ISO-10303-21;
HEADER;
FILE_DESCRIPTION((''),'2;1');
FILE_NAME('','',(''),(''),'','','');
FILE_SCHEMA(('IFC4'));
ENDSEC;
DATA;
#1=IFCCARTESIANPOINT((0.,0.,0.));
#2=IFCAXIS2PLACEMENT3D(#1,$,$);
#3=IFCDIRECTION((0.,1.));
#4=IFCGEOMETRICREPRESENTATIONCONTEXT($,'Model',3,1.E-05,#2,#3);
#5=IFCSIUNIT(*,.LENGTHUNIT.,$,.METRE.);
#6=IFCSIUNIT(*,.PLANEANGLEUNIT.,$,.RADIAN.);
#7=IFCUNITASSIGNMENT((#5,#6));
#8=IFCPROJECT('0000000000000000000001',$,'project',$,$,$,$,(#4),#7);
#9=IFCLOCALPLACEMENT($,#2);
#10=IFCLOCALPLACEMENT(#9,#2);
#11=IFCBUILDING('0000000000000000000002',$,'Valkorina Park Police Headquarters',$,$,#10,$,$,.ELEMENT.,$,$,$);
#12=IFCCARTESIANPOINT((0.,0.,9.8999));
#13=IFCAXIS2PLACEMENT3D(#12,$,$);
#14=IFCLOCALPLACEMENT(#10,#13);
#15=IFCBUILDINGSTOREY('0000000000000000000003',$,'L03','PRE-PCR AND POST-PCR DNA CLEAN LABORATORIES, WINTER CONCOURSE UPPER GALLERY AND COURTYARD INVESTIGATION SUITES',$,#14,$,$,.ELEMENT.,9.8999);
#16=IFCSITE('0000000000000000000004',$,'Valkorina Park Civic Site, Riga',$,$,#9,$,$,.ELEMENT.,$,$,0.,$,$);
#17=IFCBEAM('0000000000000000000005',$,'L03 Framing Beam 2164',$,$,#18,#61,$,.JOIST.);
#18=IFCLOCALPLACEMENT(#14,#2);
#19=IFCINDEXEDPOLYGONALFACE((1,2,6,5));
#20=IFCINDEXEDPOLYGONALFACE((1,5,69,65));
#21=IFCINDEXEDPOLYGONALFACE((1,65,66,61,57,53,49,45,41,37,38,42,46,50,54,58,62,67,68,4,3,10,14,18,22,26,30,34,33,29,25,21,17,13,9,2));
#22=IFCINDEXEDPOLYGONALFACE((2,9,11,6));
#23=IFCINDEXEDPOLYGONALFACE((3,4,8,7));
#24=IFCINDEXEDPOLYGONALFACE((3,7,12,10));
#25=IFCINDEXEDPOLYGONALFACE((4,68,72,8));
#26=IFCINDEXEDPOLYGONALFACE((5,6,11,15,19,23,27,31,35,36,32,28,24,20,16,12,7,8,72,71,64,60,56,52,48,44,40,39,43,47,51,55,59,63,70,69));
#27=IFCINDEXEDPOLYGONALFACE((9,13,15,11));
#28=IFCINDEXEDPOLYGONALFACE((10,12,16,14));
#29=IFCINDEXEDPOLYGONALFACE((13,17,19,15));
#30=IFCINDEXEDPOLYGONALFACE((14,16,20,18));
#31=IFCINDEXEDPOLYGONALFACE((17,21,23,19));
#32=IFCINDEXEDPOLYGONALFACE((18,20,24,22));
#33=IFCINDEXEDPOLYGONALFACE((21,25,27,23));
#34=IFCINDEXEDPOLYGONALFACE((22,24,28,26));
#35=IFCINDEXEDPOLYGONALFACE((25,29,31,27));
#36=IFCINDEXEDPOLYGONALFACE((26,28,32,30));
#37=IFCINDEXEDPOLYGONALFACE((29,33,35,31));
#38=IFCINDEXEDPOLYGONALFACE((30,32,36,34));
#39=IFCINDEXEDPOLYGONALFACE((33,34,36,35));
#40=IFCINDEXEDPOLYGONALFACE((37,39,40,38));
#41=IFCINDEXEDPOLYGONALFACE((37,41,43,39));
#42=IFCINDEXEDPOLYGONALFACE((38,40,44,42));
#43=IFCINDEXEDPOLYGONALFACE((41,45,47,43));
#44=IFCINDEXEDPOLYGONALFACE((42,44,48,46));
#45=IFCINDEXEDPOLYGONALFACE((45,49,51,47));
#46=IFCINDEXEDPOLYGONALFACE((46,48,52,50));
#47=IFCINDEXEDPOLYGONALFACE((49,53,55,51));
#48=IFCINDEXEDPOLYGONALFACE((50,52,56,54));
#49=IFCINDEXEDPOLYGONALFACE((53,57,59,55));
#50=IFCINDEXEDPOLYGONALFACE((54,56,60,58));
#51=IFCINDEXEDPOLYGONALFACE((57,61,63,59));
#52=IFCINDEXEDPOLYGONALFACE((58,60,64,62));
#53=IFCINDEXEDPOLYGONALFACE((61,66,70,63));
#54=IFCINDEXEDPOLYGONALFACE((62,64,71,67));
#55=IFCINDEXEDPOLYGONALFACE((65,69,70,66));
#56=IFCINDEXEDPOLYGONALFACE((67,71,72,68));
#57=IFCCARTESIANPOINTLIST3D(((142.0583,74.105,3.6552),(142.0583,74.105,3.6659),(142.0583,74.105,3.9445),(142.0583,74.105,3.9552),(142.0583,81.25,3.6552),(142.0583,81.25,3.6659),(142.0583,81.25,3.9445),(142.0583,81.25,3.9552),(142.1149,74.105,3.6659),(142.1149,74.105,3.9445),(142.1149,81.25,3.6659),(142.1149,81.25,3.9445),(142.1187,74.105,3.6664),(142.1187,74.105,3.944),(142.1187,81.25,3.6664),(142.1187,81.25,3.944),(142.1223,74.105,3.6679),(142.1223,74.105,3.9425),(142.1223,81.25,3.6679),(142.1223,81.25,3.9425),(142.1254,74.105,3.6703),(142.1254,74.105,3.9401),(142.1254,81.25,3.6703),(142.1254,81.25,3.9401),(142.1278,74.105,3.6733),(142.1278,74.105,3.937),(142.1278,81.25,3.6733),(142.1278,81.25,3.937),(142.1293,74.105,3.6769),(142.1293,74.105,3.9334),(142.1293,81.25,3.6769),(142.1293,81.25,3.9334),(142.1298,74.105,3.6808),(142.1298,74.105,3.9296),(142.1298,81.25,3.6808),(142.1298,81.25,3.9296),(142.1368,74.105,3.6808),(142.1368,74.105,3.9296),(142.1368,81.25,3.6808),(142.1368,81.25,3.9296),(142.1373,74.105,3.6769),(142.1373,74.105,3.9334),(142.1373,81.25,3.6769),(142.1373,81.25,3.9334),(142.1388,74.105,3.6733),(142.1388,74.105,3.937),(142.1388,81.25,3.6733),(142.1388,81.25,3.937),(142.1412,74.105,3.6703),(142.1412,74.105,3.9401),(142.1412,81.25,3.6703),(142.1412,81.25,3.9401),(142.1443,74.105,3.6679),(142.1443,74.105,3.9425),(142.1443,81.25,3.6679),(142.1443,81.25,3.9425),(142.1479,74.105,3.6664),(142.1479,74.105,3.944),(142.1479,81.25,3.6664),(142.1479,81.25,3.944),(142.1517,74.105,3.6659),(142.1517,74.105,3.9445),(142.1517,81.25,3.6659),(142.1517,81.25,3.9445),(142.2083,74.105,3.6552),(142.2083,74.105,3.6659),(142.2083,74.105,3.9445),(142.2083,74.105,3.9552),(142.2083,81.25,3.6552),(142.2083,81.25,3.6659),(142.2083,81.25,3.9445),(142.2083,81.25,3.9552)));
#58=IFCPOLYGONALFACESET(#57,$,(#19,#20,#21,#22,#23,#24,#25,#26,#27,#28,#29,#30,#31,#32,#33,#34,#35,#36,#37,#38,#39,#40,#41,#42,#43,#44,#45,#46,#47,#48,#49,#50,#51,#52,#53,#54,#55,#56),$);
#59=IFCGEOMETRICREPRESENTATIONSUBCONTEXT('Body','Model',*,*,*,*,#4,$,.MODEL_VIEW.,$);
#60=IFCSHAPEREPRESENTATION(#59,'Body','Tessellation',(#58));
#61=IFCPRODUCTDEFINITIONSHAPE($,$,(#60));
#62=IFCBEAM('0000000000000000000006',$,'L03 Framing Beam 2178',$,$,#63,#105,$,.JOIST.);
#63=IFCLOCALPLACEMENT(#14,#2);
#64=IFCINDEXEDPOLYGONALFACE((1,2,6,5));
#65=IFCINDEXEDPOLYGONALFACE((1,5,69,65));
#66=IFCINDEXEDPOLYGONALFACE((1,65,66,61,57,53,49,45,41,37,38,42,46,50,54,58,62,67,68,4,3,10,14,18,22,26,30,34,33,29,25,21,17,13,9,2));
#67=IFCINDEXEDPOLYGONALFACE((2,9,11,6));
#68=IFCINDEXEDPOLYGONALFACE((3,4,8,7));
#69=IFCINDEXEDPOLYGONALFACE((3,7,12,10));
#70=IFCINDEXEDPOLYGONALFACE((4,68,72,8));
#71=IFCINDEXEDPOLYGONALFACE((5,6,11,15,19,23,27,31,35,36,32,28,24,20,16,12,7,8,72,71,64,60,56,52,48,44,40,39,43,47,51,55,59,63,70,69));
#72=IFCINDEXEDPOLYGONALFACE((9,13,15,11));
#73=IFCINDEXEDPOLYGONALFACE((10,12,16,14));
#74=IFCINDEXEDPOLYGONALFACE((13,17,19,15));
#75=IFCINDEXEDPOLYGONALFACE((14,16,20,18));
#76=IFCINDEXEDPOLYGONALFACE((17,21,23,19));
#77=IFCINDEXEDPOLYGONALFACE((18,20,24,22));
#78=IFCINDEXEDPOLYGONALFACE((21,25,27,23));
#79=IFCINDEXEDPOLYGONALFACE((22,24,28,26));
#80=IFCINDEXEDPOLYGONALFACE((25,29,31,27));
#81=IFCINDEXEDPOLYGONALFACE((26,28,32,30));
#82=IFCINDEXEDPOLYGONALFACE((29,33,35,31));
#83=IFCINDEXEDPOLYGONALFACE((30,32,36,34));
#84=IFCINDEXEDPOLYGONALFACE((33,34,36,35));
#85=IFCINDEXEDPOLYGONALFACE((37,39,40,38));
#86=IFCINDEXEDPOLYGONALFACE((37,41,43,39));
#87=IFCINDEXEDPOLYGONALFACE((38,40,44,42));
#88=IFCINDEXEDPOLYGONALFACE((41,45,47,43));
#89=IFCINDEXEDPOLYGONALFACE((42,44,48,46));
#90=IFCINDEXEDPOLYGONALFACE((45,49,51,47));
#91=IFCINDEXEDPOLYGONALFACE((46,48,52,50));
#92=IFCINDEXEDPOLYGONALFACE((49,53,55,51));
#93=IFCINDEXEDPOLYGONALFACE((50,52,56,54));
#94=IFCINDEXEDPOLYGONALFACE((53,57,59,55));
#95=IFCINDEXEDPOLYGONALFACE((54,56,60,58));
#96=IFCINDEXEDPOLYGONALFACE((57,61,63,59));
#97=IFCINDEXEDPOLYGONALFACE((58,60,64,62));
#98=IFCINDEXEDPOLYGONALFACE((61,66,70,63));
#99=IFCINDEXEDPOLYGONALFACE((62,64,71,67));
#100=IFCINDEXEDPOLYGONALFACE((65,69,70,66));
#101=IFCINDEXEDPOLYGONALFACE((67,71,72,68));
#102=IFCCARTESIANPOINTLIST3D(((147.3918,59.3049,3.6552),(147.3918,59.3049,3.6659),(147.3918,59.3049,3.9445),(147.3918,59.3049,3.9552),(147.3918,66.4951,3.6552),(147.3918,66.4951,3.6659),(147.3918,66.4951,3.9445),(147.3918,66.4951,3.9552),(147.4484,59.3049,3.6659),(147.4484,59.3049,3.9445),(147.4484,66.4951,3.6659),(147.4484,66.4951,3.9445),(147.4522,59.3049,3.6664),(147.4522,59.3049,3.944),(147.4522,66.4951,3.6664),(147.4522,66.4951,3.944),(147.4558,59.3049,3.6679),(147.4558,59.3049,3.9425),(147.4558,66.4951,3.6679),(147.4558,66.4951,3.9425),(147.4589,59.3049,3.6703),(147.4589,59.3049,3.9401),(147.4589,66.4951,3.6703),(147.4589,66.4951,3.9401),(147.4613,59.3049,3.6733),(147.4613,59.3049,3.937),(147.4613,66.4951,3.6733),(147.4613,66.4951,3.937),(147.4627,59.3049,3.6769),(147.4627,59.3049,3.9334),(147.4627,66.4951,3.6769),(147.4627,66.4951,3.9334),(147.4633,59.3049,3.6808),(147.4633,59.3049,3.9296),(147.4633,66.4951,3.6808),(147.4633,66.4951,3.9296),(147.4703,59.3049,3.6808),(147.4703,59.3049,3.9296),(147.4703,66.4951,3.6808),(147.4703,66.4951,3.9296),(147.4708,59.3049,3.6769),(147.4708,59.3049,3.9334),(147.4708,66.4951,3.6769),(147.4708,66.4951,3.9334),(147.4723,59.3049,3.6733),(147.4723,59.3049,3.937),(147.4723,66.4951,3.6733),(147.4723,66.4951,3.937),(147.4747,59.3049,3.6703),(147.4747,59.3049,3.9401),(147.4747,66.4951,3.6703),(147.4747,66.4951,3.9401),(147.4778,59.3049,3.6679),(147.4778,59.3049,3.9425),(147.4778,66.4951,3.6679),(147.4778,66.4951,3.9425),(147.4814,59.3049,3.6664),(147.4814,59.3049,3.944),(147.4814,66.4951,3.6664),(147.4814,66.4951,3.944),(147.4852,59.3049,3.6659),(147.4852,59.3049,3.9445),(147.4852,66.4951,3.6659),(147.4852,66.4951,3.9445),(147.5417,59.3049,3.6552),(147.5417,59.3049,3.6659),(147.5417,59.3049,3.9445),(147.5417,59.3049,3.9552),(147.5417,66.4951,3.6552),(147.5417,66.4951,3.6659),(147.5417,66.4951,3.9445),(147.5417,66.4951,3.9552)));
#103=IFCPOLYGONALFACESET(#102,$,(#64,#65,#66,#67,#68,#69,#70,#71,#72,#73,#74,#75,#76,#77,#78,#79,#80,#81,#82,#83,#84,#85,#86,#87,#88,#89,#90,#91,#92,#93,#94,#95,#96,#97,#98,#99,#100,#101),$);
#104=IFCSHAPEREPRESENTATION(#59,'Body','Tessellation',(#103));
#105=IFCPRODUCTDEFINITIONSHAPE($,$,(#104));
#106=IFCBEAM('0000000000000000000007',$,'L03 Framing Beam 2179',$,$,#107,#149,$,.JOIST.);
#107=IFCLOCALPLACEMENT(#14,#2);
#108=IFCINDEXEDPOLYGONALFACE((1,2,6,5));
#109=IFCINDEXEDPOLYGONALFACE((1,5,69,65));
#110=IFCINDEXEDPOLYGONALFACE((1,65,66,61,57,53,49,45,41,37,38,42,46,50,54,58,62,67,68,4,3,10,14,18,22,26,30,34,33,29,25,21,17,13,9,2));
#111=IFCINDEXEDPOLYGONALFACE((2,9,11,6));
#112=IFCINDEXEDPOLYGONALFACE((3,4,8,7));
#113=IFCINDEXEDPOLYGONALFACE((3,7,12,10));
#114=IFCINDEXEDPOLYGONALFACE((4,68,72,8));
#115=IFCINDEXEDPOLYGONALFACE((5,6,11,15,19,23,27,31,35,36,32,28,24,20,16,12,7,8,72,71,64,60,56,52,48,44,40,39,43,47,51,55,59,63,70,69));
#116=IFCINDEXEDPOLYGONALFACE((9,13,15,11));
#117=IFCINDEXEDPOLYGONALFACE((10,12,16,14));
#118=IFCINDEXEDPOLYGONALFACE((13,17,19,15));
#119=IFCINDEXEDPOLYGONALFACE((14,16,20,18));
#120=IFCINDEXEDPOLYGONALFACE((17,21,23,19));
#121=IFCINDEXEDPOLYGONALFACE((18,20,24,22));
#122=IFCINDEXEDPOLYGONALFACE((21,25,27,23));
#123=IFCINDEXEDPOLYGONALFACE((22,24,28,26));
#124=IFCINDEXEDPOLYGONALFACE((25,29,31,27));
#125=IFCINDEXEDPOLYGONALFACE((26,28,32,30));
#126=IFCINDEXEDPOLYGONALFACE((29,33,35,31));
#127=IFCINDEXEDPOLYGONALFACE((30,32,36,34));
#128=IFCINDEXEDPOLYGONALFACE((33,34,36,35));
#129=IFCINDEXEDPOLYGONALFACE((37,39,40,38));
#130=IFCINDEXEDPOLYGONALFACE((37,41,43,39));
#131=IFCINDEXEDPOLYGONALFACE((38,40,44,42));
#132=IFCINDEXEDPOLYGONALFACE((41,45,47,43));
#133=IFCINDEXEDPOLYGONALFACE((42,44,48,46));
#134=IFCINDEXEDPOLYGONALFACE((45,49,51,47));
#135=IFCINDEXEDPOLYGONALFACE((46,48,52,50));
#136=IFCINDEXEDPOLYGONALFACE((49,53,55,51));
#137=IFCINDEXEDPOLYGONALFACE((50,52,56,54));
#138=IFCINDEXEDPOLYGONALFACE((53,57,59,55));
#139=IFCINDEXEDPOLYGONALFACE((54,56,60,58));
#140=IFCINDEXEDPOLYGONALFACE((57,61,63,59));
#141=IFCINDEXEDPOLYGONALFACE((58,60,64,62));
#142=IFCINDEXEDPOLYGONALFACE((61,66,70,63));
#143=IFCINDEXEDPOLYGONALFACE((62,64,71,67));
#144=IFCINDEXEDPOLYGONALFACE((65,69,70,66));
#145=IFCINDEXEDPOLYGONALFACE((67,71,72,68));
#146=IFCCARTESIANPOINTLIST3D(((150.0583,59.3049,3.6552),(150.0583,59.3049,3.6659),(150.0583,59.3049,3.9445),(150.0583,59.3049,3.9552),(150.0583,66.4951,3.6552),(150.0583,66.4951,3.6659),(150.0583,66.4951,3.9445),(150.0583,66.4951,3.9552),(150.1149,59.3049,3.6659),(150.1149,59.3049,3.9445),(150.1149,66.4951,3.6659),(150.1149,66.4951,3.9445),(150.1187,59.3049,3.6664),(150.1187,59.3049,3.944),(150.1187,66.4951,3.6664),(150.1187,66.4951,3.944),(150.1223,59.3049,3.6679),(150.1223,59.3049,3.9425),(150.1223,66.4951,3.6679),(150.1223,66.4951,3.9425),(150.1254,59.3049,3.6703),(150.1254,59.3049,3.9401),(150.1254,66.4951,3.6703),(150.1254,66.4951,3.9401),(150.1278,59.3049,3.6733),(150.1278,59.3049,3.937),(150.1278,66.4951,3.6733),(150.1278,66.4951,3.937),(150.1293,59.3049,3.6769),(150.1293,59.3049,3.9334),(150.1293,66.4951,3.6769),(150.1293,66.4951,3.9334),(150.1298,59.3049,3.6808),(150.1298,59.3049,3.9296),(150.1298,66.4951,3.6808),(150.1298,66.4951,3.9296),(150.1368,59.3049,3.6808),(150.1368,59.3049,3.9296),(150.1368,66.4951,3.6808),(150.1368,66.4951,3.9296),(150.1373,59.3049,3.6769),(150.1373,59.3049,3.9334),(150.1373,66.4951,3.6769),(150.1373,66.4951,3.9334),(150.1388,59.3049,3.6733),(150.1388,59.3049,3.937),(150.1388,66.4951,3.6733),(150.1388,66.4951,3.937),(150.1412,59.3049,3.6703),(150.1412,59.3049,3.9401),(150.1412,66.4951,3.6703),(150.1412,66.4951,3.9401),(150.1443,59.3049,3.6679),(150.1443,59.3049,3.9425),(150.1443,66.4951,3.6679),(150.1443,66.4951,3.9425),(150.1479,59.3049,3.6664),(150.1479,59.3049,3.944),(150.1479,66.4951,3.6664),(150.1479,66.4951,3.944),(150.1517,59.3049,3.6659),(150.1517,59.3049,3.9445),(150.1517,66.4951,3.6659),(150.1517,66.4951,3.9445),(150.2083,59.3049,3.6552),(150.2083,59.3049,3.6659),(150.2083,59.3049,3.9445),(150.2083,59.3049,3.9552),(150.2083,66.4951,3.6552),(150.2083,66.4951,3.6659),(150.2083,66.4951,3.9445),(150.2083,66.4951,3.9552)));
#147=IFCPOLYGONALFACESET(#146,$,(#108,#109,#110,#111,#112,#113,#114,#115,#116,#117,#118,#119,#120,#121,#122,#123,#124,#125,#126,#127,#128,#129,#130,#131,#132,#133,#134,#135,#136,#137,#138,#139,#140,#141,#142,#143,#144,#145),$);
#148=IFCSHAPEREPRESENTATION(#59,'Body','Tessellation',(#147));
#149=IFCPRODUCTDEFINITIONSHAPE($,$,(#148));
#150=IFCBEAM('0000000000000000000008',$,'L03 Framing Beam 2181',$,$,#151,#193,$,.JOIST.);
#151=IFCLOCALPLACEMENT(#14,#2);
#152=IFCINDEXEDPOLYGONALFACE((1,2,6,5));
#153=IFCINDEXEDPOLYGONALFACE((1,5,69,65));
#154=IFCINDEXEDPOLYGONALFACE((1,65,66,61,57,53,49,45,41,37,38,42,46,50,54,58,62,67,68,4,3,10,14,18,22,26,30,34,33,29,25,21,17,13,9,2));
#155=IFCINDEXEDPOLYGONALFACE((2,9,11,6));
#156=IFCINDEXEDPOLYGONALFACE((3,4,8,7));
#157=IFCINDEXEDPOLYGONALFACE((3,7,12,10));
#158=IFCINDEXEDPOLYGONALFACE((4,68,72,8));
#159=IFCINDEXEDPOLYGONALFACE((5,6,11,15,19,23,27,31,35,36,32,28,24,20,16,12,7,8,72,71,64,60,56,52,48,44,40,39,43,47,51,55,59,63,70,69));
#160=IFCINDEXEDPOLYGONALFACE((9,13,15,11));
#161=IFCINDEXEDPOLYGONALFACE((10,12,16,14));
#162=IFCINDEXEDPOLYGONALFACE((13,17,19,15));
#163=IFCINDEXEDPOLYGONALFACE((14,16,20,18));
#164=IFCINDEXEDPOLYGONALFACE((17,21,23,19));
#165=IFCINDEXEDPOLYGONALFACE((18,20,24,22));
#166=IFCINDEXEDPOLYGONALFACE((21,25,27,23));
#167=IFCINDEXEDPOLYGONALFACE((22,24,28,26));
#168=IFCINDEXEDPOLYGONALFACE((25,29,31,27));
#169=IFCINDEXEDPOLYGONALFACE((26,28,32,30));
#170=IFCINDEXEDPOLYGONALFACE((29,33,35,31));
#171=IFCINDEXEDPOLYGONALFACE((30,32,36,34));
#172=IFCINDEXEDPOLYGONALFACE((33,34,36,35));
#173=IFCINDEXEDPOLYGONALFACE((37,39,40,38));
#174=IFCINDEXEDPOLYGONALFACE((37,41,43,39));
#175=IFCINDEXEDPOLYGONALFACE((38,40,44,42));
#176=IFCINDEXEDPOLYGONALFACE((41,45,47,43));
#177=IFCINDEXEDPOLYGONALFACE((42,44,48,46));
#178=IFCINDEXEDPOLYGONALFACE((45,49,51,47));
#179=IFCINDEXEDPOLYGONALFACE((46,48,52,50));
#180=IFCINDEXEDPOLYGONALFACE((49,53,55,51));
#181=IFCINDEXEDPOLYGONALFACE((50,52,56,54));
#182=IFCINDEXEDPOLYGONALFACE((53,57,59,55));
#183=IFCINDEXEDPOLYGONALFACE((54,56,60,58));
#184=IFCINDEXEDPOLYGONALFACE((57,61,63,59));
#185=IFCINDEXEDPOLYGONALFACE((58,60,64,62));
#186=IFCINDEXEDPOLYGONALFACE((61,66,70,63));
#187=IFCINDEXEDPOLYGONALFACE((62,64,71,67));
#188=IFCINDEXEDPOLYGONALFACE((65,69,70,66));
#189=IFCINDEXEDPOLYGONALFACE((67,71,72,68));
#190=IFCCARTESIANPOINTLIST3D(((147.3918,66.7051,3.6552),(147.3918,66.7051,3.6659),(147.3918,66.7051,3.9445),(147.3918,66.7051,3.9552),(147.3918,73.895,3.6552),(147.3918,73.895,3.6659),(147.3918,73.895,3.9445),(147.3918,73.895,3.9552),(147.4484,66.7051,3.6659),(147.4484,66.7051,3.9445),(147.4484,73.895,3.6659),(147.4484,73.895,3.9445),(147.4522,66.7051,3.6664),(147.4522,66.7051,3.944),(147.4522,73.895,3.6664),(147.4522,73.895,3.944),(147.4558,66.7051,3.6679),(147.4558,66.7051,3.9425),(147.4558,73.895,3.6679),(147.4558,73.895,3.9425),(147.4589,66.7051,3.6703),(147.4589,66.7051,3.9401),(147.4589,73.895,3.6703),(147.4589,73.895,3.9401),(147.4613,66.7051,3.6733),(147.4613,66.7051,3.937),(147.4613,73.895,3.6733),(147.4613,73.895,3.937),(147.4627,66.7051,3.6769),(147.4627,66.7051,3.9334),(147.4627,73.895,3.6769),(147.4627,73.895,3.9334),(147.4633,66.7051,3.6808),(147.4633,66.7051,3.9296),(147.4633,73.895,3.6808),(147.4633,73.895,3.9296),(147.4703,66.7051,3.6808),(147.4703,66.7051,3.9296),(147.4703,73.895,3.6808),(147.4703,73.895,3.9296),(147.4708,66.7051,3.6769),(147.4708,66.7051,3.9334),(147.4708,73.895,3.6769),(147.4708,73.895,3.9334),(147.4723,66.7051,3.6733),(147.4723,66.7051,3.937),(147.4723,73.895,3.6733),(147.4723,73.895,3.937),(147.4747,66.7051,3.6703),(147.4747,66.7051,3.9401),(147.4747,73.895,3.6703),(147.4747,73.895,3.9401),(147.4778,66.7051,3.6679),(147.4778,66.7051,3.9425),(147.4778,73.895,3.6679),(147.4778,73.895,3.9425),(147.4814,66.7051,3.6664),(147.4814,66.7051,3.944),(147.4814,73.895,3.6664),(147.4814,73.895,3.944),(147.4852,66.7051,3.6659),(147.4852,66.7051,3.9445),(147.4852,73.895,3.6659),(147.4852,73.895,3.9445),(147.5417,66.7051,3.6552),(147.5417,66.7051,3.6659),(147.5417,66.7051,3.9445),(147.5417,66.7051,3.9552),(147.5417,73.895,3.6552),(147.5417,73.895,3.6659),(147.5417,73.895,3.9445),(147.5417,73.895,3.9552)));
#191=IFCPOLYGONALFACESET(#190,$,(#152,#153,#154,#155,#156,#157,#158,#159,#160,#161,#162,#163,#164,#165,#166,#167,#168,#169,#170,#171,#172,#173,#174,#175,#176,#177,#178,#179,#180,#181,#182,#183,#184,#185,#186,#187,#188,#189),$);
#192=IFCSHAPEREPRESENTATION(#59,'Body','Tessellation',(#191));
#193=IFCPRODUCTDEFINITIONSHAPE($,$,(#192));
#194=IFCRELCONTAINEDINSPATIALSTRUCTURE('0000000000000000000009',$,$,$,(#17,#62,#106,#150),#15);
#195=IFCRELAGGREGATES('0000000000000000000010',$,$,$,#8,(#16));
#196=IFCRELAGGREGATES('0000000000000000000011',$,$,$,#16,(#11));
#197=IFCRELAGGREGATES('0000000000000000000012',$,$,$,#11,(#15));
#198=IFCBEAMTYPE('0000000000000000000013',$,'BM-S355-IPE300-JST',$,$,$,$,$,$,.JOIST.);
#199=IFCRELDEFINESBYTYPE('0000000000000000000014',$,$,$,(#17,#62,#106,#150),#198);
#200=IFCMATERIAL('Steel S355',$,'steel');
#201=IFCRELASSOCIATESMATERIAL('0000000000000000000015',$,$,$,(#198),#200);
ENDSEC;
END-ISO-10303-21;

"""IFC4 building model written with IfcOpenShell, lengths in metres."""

from ifc_helpers import new_model, si_unit, direction, frame, origin, origin_2d, place, context, subcontext, project, spatial, i_section, extrude, material, material_profile, profile_set, type_object, element, save


model = new_model("IFC4")

# Units and contexts
model_context = context("Model", 3, precision=1e-05, world=origin(), true_north=direction((0.0, 1.0)))
body_context = subcontext(model_context, "Body", "Model", "MODEL_VIEW")
ifc_project = project(units=[si_unit("LENGTHUNIT", "METRE"), si_unit("PLANEANGLEUNIT", "RADIAN")], contexts=[model_context])

# Site, building, storey
site_placement = place(None, origin())
site = spatial("IfcSite", under=ifc_project, at=site_placement, Name="Valkorina Park Civic Site, Riga", CompositionType="ELEMENT", RefElevation=0.0)
building_placement = place(site_placement, origin())
building = spatial("IfcBuilding", under=site, at=building_placement, Name="Valkorina Park Police Headquarters", CompositionType="ELEMENT")
storey_placement = place(building_placement, frame((0.0, 0.0, 9.8999)))
storey = spatial("IfcBuildingStorey", under=building, at=storey_placement, Name="L03", Description="PRE-PCR AND POST-PCR DNA CLEAN LABORATORIES, WINTER CONCOURSE UPPER GALLERY AND COURTYARD INVESTIGATION SUITES", CompositionType="ELEMENT", Elevation=9.8999)

# Shared definitions
ifc_material_1 = material(Name="Steel S355", Category="steel")

# Beams
ifc_material_profile_1 = material_profile(ifc_material_1, i_section(OverallWidth=0.1499, OverallDepth=0.3, WebThickness=0.0071, FlangeThickness=0.0107, FilletRadius=0.0149, at=origin_2d()), Name="IPE 300")
ifc_profile_set_1 = profile_set([ifc_material_profile_1], Name="Steel S355")
beam_type_1 = type_object("IfcBeamType", Name="BM-S355-IPE300-JST", PredefinedType="JOIST", material=ifc_profile_set_1)
beam_1_placement = place(storey_placement, frame((142.1333, 74.105, 3.8052), z_axis=(0.0, 1.0, 0.0), x_axis=(-1.0, 0.0, 0.0)))
element("IfcBeam", 1, at=beam_1_placement, inside=storey, type_object=beam_type_1, Name="L03 Framing Beam 2164", PredefinedType="JOIST", context=body_context, shape_type="SweptSolid", body=[
    extrude(i_section(OverallWidth=0.1499, OverallDepth=0.3, WebThickness=0.0071, FlangeThickness=0.0107, FilletRadius=0.0149, at=origin_2d()), origin(), (0.0, 0.0, 1.0), 7.145),
])
for number, where, z_axis, x_axis, name in (
    (2, (147.4668, 59.3049, 3.8052), (0.0, 1.0, 0.0), (-1.0, 0.0, 0.0), "L03 Framing Beam 2178"),
    (3, (150.1333, 59.3049, 3.8052), (0.0, 1.0, 0.0), (-1.0, 0.0, 0.0), "L03 Framing Beam 2179"),
):
    element("IfcBeam", number, at=place(storey_placement, frame(where, z_axis=z_axis, x_axis=x_axis)), inside=storey, type_object=beam_type_1, Name=name, PredefinedType="JOIST", context=body_context, shape_type="SweptSolid", body=[
        extrude(i_section(OverallWidth=0.1499, OverallDepth=0.3, WebThickness=0.0071, FlangeThickness=0.0107, FilletRadius=0.0149, at=origin_2d()), origin(), (0.0, 0.0, 1.0), 7.1902),
    ])
for number, where, z_axis, x_axis, name in (
    (4, (147.4668, 66.7051, 3.8052), (0.0, 1.0, 0.0), (-1.0, 0.0, 0.0), "L03 Framing Beam 2181"),
):
    element("IfcBeam", number, at=place(storey_placement, frame(where, z_axis=z_axis, x_axis=x_axis)), inside=storey, type_object=beam_type_1, Name=name, PredefinedType="JOIST", context=body_context, shape_type="SweptSolid", body=[
        extrude(i_section(OverallWidth=0.1499, OverallDepth=0.3, WebThickness=0.0071, FlangeThickness=0.0107, FilletRadius=0.0149, at=origin_2d()), origin(), (0.0, 0.0, 1.0), 7.1899),
    ])

save(model, "model.ifc")
